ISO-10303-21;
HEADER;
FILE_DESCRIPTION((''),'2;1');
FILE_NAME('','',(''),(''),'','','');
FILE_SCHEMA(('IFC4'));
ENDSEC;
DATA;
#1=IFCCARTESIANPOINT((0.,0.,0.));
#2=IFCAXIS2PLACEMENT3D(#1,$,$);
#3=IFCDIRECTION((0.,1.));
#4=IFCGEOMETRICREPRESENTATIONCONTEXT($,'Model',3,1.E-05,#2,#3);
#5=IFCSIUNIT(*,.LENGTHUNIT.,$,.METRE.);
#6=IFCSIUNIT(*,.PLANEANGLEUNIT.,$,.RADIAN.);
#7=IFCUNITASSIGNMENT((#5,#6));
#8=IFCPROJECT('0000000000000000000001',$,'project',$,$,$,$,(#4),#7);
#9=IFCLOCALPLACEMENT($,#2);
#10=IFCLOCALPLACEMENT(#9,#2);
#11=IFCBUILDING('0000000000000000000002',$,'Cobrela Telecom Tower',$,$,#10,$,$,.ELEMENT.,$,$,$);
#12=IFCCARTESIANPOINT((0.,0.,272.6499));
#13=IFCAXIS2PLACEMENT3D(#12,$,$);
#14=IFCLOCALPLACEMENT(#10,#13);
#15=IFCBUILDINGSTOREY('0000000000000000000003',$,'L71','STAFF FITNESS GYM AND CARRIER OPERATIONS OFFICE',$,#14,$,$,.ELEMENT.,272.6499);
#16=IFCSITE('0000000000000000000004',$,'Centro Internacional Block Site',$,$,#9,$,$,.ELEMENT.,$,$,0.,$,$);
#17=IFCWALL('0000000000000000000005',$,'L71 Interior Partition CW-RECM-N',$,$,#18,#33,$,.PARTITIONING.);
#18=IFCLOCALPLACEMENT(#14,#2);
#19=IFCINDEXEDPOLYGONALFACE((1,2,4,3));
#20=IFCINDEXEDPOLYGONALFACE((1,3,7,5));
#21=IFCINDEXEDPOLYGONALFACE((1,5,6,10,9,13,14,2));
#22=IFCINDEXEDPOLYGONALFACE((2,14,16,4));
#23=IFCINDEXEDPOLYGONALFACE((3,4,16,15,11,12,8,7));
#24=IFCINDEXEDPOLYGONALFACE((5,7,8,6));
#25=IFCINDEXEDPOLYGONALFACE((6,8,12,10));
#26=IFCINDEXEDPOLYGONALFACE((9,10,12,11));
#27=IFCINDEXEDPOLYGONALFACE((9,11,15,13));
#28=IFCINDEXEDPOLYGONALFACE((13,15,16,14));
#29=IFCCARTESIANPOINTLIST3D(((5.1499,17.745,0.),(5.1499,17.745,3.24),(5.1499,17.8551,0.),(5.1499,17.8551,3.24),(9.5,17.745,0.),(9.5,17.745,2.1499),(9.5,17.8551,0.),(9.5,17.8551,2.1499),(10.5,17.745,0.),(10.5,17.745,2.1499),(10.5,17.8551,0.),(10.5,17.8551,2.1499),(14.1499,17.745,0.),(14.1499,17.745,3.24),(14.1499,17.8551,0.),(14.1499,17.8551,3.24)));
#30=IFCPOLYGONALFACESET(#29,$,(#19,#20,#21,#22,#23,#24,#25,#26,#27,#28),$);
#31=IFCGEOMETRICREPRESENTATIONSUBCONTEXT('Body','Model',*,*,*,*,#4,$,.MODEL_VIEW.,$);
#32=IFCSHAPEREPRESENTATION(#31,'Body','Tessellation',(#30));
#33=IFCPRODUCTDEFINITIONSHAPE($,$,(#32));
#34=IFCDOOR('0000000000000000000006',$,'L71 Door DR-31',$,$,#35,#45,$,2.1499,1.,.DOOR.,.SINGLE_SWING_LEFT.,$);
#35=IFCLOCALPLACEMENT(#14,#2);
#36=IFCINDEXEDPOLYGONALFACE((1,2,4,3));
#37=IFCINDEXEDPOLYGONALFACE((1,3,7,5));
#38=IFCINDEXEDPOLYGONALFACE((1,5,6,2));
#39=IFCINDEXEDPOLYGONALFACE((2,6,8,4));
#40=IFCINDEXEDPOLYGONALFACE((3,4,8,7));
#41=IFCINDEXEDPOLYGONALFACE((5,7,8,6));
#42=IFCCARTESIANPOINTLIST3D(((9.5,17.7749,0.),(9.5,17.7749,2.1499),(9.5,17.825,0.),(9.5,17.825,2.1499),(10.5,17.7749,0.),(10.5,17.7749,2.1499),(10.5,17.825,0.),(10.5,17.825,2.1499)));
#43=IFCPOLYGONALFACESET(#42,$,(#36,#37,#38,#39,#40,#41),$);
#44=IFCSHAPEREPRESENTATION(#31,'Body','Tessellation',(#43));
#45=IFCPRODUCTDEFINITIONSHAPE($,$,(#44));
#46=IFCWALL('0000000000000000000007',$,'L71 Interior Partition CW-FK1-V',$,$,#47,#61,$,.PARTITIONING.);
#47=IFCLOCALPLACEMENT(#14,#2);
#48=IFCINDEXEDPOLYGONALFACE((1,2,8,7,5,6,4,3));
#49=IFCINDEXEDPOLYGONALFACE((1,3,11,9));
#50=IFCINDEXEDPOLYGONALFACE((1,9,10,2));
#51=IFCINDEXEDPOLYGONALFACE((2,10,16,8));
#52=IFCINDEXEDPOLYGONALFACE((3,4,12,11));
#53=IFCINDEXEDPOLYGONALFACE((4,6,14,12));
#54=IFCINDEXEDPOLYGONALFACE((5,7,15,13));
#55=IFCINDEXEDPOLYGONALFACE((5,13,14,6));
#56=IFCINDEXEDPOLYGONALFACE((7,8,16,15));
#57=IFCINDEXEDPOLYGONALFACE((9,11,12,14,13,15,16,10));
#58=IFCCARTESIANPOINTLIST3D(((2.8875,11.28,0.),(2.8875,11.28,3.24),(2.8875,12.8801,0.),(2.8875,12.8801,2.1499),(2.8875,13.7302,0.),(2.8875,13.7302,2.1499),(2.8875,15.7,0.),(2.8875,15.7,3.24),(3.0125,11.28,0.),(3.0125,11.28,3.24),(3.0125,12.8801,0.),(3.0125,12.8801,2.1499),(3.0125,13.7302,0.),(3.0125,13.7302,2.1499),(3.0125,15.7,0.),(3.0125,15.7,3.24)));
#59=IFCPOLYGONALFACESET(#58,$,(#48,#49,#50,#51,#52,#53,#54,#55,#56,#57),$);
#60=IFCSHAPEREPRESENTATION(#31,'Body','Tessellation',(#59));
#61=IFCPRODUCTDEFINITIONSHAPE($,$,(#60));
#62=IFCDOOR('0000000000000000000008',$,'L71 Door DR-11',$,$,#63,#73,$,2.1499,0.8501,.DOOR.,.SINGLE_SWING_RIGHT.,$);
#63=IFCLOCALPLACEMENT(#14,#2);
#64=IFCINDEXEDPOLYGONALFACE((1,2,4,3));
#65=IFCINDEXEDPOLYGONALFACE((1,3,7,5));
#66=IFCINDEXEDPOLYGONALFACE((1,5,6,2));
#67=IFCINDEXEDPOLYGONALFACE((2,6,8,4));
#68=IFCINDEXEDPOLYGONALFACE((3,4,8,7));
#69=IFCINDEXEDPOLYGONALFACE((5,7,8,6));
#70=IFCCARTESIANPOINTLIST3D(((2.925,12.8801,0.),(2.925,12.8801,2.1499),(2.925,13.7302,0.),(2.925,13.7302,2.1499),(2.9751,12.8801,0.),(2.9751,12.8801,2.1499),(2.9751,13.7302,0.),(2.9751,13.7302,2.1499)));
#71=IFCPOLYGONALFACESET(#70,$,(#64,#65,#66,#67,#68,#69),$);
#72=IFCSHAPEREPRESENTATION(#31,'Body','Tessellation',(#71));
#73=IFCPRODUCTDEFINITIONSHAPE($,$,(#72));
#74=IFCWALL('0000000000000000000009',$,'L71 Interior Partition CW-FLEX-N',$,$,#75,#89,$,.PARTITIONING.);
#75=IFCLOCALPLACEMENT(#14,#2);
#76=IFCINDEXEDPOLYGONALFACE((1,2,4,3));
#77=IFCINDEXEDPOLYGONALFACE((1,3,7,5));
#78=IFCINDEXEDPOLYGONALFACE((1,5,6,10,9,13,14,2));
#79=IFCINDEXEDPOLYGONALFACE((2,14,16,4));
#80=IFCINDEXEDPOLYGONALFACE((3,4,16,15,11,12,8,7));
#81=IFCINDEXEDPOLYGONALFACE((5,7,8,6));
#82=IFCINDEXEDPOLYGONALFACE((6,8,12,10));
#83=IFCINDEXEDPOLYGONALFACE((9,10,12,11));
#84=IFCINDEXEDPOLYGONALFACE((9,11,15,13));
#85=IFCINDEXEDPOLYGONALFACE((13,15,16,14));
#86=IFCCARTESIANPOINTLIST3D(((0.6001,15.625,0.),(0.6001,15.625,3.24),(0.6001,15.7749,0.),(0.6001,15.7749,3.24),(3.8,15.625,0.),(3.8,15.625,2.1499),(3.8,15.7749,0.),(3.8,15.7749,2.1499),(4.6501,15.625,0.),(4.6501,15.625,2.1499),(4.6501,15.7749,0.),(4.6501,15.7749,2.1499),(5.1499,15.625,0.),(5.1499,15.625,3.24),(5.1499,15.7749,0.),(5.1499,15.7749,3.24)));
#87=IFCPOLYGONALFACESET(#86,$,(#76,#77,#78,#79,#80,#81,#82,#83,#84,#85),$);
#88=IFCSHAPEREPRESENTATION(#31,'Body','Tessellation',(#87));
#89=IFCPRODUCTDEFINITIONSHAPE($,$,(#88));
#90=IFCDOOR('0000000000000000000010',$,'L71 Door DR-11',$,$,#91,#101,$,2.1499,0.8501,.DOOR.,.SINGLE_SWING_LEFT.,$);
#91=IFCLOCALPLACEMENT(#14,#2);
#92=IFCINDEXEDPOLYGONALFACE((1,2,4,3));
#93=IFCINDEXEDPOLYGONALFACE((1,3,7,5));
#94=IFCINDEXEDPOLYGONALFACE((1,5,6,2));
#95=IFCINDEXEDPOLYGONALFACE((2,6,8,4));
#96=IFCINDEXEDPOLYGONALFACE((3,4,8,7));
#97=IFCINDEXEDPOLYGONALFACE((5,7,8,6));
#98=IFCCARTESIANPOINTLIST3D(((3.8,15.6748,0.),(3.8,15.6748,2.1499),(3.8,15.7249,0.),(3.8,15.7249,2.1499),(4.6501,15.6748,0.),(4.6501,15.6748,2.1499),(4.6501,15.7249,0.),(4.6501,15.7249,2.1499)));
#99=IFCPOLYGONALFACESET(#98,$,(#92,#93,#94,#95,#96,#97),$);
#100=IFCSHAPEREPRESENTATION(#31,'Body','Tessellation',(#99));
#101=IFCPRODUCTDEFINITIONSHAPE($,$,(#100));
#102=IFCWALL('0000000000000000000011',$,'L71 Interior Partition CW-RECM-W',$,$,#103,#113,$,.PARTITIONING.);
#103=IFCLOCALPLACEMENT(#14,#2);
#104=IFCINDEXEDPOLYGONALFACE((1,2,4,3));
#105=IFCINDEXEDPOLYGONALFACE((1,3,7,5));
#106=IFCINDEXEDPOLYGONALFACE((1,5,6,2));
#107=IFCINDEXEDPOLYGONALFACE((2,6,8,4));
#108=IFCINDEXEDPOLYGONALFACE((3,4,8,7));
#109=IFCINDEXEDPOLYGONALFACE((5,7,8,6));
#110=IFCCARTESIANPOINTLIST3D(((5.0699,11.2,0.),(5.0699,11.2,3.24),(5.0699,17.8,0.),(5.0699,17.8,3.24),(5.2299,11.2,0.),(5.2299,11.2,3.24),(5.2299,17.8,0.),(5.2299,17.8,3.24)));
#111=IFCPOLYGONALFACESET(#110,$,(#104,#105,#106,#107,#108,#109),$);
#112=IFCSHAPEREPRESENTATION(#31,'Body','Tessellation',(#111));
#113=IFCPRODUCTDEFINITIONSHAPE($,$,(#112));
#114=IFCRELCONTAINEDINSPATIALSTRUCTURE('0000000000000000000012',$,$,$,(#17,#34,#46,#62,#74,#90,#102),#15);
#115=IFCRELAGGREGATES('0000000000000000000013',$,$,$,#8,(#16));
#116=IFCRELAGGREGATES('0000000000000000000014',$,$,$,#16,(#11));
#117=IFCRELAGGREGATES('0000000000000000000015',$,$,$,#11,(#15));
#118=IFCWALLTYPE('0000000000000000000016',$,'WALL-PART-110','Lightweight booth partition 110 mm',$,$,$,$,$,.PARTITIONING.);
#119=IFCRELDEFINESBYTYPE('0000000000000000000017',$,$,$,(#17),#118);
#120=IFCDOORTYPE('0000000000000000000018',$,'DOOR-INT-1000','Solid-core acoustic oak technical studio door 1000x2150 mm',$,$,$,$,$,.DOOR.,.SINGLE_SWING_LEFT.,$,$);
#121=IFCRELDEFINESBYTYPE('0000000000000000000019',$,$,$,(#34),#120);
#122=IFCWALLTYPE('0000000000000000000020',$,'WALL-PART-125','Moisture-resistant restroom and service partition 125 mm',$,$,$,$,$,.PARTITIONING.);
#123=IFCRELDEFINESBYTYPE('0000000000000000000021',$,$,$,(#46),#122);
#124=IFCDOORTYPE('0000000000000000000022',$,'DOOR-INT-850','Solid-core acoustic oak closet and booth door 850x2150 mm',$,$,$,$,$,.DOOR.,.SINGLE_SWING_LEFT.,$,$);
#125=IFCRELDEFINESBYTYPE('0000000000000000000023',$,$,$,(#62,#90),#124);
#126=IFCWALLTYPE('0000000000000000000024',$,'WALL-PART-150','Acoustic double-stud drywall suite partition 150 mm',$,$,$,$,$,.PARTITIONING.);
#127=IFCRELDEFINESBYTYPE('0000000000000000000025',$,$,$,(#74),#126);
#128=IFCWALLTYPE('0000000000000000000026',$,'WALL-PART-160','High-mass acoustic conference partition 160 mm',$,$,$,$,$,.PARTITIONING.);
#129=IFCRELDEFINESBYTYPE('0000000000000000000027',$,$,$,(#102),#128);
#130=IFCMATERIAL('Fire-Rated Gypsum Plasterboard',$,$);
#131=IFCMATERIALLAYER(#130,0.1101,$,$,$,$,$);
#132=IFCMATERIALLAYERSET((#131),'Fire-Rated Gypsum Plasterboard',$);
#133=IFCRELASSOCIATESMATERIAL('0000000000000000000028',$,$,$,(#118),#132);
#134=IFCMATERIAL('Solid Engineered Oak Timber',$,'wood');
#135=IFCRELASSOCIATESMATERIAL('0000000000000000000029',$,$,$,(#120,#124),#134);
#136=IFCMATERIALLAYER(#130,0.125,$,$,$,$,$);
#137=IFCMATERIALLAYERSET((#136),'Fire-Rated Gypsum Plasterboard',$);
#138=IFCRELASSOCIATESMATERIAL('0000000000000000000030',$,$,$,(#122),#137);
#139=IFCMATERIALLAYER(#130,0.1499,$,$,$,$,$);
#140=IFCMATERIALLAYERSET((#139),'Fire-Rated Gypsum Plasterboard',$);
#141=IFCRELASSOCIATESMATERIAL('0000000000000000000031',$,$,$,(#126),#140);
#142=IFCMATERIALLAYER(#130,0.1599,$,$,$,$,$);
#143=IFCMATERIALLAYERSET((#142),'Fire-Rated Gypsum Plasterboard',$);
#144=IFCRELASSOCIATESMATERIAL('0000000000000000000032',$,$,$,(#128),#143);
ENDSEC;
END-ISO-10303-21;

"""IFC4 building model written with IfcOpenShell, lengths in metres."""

from ifc_helpers import new_model, si_unit, direction, frame, frame_2d, origin, place, context, subcontext, project, spatial, rectangle, extrude, material, layer, layer_set, type_object, element, fill, save


model = new_model("IFC4")

# Units and contexts
model_context = context("Model", 3, precision=1e-05, world=origin(), true_north=direction((0.0, 1.0)))
body_context = subcontext(model_context, "Body", "Model", "MODEL_VIEW")
ifc_project = project(units=[si_unit("LENGTHUNIT", "METRE"), si_unit("PLANEANGLEUNIT", "RADIAN")], contexts=[model_context])

# Site, building, storey
site_placement = place(None, origin())
site = spatial("IfcSite", under=ifc_project, at=site_placement, Name="Centro Internacional Block Site", CompositionType="ELEMENT", RefElevation=0.0)
building_placement = place(site_placement, origin())
building = spatial("IfcBuilding", under=site, at=building_placement, Name="Cobrela Telecom Tower", CompositionType="ELEMENT")
storey_placement = place(building_placement, frame((0.0, 0.0, 272.6499)))
storey = spatial("IfcBuildingStorey", under=building, at=storey_placement, Name="L71", Description="STAFF FITNESS GYM AND CARRIER OPERATIONS OFFICE", CompositionType="ELEMENT", Elevation=272.6499)

# Walls, openings, doors
ifc_material_1 = material(Name="Fire-Rated Gypsum Plasterboard")
ifc_layer_1 = layer(ifc_material_1, 0.1101)
ifc_layer_set_1 = layer_set([ifc_layer_1], Name="Fire-Rated Gypsum Plasterboard")
wall_type_1 = type_object("IfcWallType", Name="WALL-PART-110", Description="Lightweight booth partition 110 mm", PredefinedType="PARTITIONING", material=ifc_layer_set_1)
wall_1_placement = place(storey_placement, frame((5.1499, 17.8, 0.0), z_axis=(0.0, 0.0, 1.0), x_axis=(1.0, 0.0, 0.0)))
wall_1 = element("IfcWall", 1, at=wall_1_placement, inside=storey, type_object=wall_type_1, Name="L71 Interior Partition CW-RECM-N", PredefinedType="PARTITIONING", context=body_context, shape_type="SweptSolid", body=[
    extrude(rectangle(XDim=9.0, YDim=0.1101, at=frame_2d((4.5, 0.0))), origin(), (0.0, 0.0, 1.0), 3.24),
])
opening_1_placement = place(wall_1_placement, frame((4.3501, 0.0, 0.0)))
opening_1 = element("IfcOpeningElement", 2, at=opening_1_placement, cuts=wall_1, PredefinedType="OPENING", context=body_context, shape_type="SweptSolid", body=[
    extrude(rectangle(XDim=1.0, YDim=2.1499, at=frame_2d((0.5, 1.075))), frame((0.0, 0.0669, 0.0), z_axis=(0.0, -1.0, 0.0), x_axis=(1.0, 0.0, 0.0)), (0.0, 0.0, 1.0), 0.134),
])
ifc_material_2 = material(Name="Solid Engineered Oak Timber", Category="wood")
door_type_1 = type_object("IfcDoorType", Name="DOOR-INT-1000", Description="Solid-core acoustic oak technical studio door 1000x2150 mm", OperationType="SINGLE_SWING_LEFT", PredefinedType="DOOR", material=ifc_material_2)
door_1_placement = place(opening_1_placement, origin())
door_1 = element("IfcDoor", 3, at=door_1_placement, inside=storey, type_object=door_type_1, Name="L71 Door DR-31", OperationType="SINGLE_SWING_LEFT", OverallHeight=2.1499, OverallWidth=1.0, PredefinedType="DOOR", context=body_context, shape_type="SweptSolid", body=[
    extrude(rectangle(XDim=1.0, YDim=2.1499, at=frame_2d((0.5, 1.075))), frame((0.0, 0.0249, 0.0), z_axis=(0.0, -1.0, 0.0), x_axis=(1.0, 0.0, 0.0)), (0.0, 0.0, 1.0), 0.05),
])
fill(opening_1, door_1)
ifc_layer_2 = layer(ifc_material_1, 0.125)
ifc_layer_set_2 = layer_set([ifc_layer_2], Name="Fire-Rated Gypsum Plasterboard")
wall_type_2 = type_object("IfcWallType", Name="WALL-PART-125", Description="Moisture-resistant restroom and service partition 125 mm", PredefinedType="PARTITIONING", material=ifc_layer_set_2)
wall_2_placement = place(storey_placement, frame((2.95, 11.28, 0.0), z_axis=(0.0, 0.0, 1.0), x_axis=(0.0, 1.0, 0.0)))
wall_2 = element("IfcWall", 4, at=wall_2_placement, inside=storey, type_object=wall_type_2, Name="L71 Interior Partition CW-FK1-V", PredefinedType="PARTITIONING", context=body_context, shape_type="SweptSolid", body=[
    extrude(rectangle(XDim=4.4199, YDim=0.125, at=frame_2d((2.21, 0.0))), origin(), (0.0, 0.0, 1.0), 3.24),
])
opening_2_placement = place(wall_2_placement, frame((1.6001, 0.0, 0.0)))
opening_2 = element("IfcOpeningElement", 5, at=opening_2_placement, cuts=wall_2, PredefinedType="OPENING", context=body_context, shape_type="SweptSolid", body=[
    extrude(rectangle(XDim=0.8501, YDim=2.1499, at=frame_2d((0.425, 1.075))), frame((0.0, 0.0745, 0.0), z_axis=(0.0, -1.0, 0.0), x_axis=(1.0, 0.0, 0.0)), (0.0, 0.0, 1.0), 0.1489),
])
door_type_2 = type_object("IfcDoorType", Name="DOOR-INT-850", Description="Solid-core acoustic oak closet and booth door 850x2150 mm", OperationType="SINGLE_SWING_LEFT", PredefinedType="DOOR", material=ifc_material_2)
door_2_placement = place(opening_2_placement, origin())
door_2 = element("IfcDoor", 6, at=door_2_placement, inside=storey, type_object=door_type_2, Name="L71 Door DR-11", OperationType="SINGLE_SWING_RIGHT", OverallHeight=2.1499, OverallWidth=0.8501, PredefinedType="DOOR", context=body_context, shape_type="SweptSolid", body=[
    extrude(rectangle(XDim=0.8501, YDim=2.1499, at=frame_2d((0.425, 1.075))), frame((0.0, 0.0249, 0.0), z_axis=(0.0, -1.0, 0.0), x_axis=(1.0, 0.0, 0.0)), (0.0, 0.0, 1.0), 0.05),
])
fill(opening_2, door_2)
ifc_layer_3 = layer(ifc_material_1, 0.1499)
ifc_layer_set_3 = layer_set([ifc_layer_3], Name="Fire-Rated Gypsum Plasterboard")
wall_type_3 = type_object("IfcWallType", Name="WALL-PART-150", Description="Acoustic double-stud drywall suite partition 150 mm", PredefinedType="PARTITIONING", material=ifc_layer_set_3)
wall_3_placement = place(storey_placement, frame((0.6001, 15.7, 0.0), z_axis=(0.0, 0.0, 1.0), x_axis=(1.0, 0.0, 0.0)))
wall_3 = element("IfcWall", 7, at=wall_3_placement, inside=storey, type_object=wall_type_3, Name="L71 Interior Partition CW-FLEX-N", PredefinedType="PARTITIONING", context=body_context, shape_type="SweptSolid", body=[
    extrude(rectangle(XDim=4.5498, YDim=0.1499, at=frame_2d((2.2749, 0.0))), origin(), (0.0, 0.0, 1.0), 3.24),
])
opening_3_placement = place(wall_3_placement, frame((3.2, 0.0, 0.0)))
opening_3 = element("IfcOpeningElement", 8, at=opening_3_placement, cuts=wall_3, PredefinedType="OPENING", context=body_context, shape_type="SweptSolid", body=[
    extrude(rectangle(XDim=0.8501, YDim=2.1499, at=frame_2d((0.425, 1.075))), frame((0.0, 0.0869, 0.0), z_axis=(0.0, -1.0, 0.0), x_axis=(1.0, 0.0, 0.0)), (0.0, 0.0, 1.0), 0.1738),
])
door_3_placement = place(opening_3_placement, origin())
door_3 = element("IfcDoor", 9, at=door_3_placement, inside=storey, type_object=door_type_2, Name="L71 Door DR-11", OperationType="SINGLE_SWING_LEFT", OverallHeight=2.1499, OverallWidth=0.8501, PredefinedType="DOOR", context=body_context, shape_type="SweptSolid", body=[
    extrude(rectangle(XDim=0.8501, YDim=2.1499, at=frame_2d((0.425, 1.075))), frame((0.0, 0.0249, 0.0), z_axis=(0.0, -1.0, 0.0), x_axis=(1.0, 0.0, 0.0)), (0.0, 0.0, 1.0), 0.05),
])
fill(opening_3, door_3)

# Wall
ifc_layer_4 = layer(ifc_material_1, 0.1599)
ifc_layer_set_4 = layer_set([ifc_layer_4], Name="Fire-Rated Gypsum Plasterboard")
wall_type_4 = type_object("IfcWallType", Name="WALL-PART-160", Description="High-mass acoustic conference partition 160 mm", PredefinedType="PARTITIONING", material=ifc_layer_set_4)
wall_4_placement = place(storey_placement, frame((5.1499, 11.2, 0.0), z_axis=(0.0, 0.0, 1.0), x_axis=(0.0, 1.0, 0.0)))
element("IfcWall", 10, at=wall_4_placement, inside=storey, type_object=wall_type_4, Name="L71 Interior Partition CW-RECM-W", PredefinedType="PARTITIONING", context=body_context, shape_type="SweptSolid", body=[
    extrude(rectangle(XDim=6.6001, YDim=0.1599, at=frame_2d((3.3, 0.0))), origin(), (0.0, 0.0, 1.0), 3.24),
])

save(model, "model.ifc")
